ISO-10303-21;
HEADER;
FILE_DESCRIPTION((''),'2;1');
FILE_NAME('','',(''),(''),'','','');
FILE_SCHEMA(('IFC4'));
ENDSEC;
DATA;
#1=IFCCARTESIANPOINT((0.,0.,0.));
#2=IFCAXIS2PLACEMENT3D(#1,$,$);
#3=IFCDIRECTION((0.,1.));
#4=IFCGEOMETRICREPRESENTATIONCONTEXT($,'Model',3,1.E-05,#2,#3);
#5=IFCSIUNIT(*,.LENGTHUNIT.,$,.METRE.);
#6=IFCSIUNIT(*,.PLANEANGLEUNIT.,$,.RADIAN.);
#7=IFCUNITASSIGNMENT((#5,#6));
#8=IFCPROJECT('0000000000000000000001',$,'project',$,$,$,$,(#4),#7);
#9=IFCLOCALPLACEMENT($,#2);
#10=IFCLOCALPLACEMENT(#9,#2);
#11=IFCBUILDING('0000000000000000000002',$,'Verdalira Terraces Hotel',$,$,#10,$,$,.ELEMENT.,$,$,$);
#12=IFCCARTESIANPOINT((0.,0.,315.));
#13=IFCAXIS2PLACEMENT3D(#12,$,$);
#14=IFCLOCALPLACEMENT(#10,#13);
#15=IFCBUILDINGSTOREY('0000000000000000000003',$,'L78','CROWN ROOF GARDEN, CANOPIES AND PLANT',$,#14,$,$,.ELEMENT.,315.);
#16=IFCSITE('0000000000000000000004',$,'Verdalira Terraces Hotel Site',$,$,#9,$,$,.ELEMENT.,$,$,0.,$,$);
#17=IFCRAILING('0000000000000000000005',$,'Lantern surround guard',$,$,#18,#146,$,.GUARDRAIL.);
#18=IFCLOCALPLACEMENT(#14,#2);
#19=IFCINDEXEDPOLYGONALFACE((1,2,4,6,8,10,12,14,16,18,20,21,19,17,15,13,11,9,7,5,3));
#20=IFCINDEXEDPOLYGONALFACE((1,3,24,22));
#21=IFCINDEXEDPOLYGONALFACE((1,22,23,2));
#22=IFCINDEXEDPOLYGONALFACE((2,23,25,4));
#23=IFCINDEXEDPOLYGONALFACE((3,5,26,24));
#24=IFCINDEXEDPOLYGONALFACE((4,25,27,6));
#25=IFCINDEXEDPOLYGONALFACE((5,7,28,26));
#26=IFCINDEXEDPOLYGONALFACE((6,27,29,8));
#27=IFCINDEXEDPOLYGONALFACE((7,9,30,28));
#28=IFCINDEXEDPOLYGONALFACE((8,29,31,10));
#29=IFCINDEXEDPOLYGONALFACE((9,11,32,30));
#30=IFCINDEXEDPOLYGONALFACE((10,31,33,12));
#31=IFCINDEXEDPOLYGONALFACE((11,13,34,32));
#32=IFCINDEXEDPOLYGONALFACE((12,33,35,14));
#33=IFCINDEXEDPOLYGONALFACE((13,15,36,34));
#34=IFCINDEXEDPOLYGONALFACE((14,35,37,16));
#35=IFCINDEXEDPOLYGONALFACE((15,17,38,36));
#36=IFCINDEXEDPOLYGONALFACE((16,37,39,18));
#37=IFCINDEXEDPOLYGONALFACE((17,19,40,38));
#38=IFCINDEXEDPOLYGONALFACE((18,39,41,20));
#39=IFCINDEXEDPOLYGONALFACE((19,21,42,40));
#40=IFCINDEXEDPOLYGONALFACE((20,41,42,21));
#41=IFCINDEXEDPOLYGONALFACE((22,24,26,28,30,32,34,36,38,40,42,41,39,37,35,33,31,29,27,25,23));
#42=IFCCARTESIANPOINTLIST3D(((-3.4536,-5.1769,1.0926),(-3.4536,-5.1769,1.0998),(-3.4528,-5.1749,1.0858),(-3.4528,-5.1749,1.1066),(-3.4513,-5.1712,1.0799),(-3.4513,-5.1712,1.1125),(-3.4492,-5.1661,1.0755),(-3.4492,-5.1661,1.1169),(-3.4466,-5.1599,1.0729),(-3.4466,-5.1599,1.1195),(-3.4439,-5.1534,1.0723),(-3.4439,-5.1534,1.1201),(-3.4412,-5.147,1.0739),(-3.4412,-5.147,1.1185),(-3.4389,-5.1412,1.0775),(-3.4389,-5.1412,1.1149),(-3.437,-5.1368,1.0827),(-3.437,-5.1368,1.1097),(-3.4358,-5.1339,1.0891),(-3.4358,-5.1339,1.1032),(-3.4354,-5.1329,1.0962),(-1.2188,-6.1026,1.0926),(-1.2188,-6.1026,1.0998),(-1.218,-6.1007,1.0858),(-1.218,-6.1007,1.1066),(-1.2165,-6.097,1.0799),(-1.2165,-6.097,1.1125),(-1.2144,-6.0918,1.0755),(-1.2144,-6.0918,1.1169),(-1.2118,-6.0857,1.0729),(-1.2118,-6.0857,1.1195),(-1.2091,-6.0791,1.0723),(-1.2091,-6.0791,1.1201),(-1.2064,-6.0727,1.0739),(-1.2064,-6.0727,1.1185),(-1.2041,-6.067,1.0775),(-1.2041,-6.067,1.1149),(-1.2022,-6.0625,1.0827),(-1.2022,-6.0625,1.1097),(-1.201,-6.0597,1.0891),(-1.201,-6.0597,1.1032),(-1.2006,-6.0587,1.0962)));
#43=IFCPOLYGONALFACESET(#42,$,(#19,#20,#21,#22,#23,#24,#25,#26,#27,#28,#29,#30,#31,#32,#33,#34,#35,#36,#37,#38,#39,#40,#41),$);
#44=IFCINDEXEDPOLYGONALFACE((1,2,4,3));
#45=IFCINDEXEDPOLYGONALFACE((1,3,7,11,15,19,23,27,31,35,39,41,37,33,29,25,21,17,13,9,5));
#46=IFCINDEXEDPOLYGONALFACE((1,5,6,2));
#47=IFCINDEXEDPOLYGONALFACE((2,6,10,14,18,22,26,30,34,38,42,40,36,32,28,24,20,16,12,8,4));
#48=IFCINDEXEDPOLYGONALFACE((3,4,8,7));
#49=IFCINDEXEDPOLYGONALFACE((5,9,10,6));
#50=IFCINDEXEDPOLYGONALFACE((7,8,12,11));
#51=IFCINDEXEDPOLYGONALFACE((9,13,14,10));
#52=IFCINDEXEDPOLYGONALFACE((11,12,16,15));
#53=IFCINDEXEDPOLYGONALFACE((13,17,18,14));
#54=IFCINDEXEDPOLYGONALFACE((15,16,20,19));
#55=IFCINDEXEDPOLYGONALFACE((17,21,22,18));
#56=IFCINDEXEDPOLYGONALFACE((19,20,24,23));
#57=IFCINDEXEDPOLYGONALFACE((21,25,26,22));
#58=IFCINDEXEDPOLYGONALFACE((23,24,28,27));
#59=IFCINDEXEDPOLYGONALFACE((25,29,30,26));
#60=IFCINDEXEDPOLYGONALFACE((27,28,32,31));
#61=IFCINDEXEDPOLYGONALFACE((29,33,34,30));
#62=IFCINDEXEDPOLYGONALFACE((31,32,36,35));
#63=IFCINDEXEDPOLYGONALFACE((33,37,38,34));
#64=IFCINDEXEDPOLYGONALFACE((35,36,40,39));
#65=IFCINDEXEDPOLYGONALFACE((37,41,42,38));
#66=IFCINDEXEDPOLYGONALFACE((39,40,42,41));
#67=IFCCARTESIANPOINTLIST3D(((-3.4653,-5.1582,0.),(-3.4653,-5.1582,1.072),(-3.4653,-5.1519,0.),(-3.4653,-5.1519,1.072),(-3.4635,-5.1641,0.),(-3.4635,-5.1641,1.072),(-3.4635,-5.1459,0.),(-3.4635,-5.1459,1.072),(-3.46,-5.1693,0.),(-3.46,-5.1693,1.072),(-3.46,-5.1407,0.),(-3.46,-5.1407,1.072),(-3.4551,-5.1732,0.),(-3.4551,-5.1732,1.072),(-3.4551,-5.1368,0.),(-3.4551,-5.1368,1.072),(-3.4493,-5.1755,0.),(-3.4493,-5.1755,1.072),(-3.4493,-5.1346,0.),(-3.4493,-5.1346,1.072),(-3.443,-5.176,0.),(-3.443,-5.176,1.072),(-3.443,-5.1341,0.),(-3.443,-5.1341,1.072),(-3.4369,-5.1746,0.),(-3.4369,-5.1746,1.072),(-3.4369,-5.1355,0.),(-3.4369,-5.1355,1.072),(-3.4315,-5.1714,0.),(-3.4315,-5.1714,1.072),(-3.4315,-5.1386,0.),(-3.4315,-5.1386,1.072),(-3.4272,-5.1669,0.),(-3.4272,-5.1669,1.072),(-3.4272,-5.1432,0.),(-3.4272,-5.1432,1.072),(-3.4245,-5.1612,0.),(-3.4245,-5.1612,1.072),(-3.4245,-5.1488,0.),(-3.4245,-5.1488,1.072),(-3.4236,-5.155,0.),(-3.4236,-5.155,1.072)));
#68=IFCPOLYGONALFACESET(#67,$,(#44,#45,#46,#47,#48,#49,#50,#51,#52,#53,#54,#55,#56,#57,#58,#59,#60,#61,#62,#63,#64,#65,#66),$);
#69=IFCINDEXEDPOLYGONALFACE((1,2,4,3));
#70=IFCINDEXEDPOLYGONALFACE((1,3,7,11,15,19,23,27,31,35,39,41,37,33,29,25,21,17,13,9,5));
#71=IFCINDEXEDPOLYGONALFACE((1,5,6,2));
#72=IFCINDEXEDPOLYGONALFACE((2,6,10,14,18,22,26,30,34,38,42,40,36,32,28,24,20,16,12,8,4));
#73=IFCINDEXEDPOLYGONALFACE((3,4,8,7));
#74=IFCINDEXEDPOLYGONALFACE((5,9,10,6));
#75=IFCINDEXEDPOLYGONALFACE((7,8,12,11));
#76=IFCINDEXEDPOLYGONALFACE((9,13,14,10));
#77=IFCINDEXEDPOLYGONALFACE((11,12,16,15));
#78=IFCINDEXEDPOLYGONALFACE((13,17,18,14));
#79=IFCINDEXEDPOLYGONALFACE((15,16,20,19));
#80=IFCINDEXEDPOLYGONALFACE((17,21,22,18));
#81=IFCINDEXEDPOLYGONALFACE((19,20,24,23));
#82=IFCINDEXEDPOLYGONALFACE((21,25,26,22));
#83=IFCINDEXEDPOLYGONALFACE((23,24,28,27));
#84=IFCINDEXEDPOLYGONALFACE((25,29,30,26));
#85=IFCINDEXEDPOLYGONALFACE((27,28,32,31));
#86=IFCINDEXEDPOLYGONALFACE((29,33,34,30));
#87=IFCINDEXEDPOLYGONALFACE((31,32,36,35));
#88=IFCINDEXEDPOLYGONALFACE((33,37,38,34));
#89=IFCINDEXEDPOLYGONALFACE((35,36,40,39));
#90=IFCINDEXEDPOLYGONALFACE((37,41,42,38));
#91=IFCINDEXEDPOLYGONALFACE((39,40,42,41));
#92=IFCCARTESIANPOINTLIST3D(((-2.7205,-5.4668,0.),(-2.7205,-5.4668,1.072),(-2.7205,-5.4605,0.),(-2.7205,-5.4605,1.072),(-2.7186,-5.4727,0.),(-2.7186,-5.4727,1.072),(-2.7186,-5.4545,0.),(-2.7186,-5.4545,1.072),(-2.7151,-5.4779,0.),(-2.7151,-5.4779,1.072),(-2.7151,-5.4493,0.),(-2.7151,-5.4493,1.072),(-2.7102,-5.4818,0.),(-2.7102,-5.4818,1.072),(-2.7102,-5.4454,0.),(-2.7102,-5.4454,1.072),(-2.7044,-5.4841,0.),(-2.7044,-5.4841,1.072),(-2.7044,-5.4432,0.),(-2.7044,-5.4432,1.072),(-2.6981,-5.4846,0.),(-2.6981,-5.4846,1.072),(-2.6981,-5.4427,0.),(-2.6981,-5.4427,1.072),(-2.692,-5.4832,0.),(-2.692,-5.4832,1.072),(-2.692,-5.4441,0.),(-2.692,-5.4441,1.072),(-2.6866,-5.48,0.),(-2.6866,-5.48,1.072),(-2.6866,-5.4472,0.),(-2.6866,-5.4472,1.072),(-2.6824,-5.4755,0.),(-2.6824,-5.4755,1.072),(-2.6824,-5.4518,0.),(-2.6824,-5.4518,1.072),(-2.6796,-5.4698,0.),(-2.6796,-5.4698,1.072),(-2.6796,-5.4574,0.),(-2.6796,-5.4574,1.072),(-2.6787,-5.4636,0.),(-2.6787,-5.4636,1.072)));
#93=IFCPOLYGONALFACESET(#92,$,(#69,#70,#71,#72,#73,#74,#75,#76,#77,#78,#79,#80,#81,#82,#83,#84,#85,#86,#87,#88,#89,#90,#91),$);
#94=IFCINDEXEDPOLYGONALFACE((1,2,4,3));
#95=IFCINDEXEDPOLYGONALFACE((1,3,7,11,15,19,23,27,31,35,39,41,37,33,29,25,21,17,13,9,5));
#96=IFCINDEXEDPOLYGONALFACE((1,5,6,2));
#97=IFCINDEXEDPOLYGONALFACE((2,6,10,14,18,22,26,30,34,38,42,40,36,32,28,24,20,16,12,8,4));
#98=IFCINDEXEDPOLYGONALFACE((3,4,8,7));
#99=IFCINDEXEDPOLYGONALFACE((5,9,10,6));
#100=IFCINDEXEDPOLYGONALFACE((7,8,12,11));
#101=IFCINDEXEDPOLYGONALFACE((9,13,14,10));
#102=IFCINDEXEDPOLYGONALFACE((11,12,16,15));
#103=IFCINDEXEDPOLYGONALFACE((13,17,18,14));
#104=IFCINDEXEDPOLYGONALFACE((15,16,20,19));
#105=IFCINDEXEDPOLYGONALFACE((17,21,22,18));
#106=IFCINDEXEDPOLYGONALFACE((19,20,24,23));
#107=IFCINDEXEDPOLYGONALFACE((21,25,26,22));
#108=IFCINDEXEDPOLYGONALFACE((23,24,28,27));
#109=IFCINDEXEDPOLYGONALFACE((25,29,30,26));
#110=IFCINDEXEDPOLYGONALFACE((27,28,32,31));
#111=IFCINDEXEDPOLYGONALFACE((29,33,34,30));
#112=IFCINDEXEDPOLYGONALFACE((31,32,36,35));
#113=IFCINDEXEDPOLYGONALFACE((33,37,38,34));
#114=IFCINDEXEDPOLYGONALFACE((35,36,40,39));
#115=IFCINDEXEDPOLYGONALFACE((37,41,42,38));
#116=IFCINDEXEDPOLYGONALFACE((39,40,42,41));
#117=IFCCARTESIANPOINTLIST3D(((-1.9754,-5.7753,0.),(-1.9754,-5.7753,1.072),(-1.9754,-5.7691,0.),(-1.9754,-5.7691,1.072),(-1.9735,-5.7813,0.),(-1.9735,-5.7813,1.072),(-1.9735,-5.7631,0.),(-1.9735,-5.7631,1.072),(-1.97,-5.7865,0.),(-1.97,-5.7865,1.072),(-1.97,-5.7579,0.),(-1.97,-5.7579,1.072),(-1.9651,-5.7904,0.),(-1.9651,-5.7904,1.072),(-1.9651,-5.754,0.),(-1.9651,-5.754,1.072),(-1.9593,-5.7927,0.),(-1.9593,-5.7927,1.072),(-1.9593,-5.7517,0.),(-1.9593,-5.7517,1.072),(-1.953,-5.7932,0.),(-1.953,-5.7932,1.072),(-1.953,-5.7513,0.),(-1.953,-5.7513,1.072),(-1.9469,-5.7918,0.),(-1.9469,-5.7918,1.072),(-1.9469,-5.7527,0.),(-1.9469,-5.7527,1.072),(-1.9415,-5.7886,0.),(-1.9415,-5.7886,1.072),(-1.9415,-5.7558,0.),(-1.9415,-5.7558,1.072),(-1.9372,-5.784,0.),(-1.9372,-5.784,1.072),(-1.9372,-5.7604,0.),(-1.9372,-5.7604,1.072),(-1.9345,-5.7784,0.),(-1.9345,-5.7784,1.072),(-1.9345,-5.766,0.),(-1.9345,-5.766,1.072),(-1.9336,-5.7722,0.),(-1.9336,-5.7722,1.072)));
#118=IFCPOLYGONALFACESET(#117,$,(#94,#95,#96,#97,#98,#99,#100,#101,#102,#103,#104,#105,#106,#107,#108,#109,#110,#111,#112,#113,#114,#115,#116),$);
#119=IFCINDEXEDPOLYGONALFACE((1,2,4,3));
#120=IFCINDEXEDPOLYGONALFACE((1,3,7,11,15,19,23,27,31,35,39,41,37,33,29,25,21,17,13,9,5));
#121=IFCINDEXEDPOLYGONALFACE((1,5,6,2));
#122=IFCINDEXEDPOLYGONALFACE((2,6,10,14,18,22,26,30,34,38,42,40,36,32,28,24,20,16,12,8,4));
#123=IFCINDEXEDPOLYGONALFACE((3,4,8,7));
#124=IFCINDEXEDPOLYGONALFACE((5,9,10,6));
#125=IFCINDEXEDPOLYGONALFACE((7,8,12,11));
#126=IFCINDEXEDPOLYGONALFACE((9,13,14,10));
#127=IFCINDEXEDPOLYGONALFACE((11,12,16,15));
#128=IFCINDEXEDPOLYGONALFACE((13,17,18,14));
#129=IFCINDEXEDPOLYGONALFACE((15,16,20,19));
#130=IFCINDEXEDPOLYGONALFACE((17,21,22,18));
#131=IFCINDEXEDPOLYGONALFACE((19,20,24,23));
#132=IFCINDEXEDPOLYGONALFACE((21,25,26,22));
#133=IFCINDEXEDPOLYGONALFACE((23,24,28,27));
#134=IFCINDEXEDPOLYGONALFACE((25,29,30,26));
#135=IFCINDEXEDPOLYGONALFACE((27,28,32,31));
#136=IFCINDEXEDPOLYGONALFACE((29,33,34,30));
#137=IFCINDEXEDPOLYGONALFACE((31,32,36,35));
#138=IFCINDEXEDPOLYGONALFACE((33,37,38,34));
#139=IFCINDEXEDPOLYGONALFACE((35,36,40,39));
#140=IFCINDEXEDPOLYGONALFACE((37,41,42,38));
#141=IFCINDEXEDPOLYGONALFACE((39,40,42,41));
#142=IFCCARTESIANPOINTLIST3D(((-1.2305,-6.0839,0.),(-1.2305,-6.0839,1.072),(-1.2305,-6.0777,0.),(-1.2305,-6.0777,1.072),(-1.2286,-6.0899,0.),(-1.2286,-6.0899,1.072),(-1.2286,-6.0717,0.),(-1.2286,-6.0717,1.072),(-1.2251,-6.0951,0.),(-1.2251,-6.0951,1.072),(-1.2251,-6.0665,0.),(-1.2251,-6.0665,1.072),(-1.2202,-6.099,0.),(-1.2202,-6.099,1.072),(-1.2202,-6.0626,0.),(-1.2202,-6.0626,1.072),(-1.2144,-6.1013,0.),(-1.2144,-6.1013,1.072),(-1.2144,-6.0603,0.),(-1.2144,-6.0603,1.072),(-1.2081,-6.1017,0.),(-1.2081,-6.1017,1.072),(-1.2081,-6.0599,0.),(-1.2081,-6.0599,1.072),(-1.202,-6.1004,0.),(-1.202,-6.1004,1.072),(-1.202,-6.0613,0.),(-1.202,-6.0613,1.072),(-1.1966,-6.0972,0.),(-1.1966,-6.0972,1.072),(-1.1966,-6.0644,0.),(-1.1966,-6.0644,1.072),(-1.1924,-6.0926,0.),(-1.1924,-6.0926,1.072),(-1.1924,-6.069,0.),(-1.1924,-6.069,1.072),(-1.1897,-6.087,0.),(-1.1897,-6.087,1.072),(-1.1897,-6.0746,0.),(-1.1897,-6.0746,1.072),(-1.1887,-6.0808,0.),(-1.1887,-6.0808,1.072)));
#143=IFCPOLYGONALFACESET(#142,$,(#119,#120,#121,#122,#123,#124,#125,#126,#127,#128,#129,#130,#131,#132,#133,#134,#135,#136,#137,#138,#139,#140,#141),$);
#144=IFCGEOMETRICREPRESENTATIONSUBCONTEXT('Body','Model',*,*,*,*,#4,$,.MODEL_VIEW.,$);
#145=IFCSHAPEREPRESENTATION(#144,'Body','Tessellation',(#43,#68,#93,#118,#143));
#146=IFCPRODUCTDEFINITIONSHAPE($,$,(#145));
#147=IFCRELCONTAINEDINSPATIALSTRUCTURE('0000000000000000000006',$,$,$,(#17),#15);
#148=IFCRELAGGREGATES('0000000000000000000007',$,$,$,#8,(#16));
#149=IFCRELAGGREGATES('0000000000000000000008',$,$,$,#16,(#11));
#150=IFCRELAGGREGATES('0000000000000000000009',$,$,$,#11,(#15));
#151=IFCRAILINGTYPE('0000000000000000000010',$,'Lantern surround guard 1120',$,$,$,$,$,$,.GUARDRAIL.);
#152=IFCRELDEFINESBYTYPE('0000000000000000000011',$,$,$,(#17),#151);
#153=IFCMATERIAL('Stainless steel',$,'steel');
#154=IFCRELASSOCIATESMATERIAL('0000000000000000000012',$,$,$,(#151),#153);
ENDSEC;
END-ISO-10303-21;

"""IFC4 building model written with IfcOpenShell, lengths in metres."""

from ifc_helpers import new_model, si_unit, direction, frame, origin, origin_2d, place, context, subcontext, project, spatial, circle, extrude, material, type_object, element, save


model = new_model("IFC4")

# Units and contexts
model_context = context("Model", 3, precision=1e-05, world=origin(), true_north=direction((0.0, 1.0)))
body_context = subcontext(model_context, "Body", "Model", "MODEL_VIEW")
ifc_project = project(units=[si_unit("LENGTHUNIT", "METRE"), si_unit("PLANEANGLEUNIT", "RADIAN")], contexts=[model_context])

# Site, building, storey
site_placement = place(None, origin())
site = spatial("IfcSite", under=ifc_project, at=site_placement, Name="Verdalira Terraces Hotel Site", CompositionType="ELEMENT", RefElevation=0.0)
building_placement = place(site_placement, origin())
building = spatial("IfcBuilding", under=site, at=building_placement, Name="Verdalira Terraces Hotel", CompositionType="ELEMENT")
storey_placement = place(building_placement, frame((0.0, 0.0, 315.0)))
storey = spatial("IfcBuildingStorey", under=building, at=storey_placement, Name="L78", Description="CROWN ROOF GARDEN, CANOPIES AND PLANT", CompositionType="ELEMENT", Elevation=315.0)

# Railing
ifc_material_1 = material(Name="Stainless steel", Category="steel")
railing_type = type_object("IfcRailingType", Name="Lantern surround guard 1120", PredefinedType="GUARDRAIL", material=ifc_material_1)
railing_1_placement = place(storey_placement, frame((-3.4446, -5.155, 0.0)))
element("IfcRailing", 1, at=railing_1_placement, inside=storey, type_object=railing_type, Name="Lantern surround guard", PredefinedType="GUARDRAIL", context=body_context, shape_type="SweptSolid", body=[
    extrude(circle(Radius=0.0239, at=origin_2d()), frame((0.0, 0.0, 1.0962), z_axis=(0.923869, -0.382708, 0.0), x_axis=(0.382708, 0.923869, 0.0)), (0.0, 0.0, 1.0), 2.4189),
    extrude(circle(Radius=0.021, at=origin_2d()), origin(), (0.0, 0.0, 1.0), 1.072),
    extrude(circle(Radius=0.021, at=origin_2d()), frame((0.7449, -0.3086, 0.0)), (0.0, 0.0, 1.0), 1.072),
    extrude(circle(Radius=0.021, at=origin_2d()), frame((1.49, -0.6172, 0.0)), (0.0, 0.0, 1.0), 1.072),
    extrude(circle(Radius=0.021, at=origin_2d()), frame((2.2349, -0.9258, 0.0)), (0.0, 0.0, 1.0), 1.072),
])

save(model, "model.ifc")
